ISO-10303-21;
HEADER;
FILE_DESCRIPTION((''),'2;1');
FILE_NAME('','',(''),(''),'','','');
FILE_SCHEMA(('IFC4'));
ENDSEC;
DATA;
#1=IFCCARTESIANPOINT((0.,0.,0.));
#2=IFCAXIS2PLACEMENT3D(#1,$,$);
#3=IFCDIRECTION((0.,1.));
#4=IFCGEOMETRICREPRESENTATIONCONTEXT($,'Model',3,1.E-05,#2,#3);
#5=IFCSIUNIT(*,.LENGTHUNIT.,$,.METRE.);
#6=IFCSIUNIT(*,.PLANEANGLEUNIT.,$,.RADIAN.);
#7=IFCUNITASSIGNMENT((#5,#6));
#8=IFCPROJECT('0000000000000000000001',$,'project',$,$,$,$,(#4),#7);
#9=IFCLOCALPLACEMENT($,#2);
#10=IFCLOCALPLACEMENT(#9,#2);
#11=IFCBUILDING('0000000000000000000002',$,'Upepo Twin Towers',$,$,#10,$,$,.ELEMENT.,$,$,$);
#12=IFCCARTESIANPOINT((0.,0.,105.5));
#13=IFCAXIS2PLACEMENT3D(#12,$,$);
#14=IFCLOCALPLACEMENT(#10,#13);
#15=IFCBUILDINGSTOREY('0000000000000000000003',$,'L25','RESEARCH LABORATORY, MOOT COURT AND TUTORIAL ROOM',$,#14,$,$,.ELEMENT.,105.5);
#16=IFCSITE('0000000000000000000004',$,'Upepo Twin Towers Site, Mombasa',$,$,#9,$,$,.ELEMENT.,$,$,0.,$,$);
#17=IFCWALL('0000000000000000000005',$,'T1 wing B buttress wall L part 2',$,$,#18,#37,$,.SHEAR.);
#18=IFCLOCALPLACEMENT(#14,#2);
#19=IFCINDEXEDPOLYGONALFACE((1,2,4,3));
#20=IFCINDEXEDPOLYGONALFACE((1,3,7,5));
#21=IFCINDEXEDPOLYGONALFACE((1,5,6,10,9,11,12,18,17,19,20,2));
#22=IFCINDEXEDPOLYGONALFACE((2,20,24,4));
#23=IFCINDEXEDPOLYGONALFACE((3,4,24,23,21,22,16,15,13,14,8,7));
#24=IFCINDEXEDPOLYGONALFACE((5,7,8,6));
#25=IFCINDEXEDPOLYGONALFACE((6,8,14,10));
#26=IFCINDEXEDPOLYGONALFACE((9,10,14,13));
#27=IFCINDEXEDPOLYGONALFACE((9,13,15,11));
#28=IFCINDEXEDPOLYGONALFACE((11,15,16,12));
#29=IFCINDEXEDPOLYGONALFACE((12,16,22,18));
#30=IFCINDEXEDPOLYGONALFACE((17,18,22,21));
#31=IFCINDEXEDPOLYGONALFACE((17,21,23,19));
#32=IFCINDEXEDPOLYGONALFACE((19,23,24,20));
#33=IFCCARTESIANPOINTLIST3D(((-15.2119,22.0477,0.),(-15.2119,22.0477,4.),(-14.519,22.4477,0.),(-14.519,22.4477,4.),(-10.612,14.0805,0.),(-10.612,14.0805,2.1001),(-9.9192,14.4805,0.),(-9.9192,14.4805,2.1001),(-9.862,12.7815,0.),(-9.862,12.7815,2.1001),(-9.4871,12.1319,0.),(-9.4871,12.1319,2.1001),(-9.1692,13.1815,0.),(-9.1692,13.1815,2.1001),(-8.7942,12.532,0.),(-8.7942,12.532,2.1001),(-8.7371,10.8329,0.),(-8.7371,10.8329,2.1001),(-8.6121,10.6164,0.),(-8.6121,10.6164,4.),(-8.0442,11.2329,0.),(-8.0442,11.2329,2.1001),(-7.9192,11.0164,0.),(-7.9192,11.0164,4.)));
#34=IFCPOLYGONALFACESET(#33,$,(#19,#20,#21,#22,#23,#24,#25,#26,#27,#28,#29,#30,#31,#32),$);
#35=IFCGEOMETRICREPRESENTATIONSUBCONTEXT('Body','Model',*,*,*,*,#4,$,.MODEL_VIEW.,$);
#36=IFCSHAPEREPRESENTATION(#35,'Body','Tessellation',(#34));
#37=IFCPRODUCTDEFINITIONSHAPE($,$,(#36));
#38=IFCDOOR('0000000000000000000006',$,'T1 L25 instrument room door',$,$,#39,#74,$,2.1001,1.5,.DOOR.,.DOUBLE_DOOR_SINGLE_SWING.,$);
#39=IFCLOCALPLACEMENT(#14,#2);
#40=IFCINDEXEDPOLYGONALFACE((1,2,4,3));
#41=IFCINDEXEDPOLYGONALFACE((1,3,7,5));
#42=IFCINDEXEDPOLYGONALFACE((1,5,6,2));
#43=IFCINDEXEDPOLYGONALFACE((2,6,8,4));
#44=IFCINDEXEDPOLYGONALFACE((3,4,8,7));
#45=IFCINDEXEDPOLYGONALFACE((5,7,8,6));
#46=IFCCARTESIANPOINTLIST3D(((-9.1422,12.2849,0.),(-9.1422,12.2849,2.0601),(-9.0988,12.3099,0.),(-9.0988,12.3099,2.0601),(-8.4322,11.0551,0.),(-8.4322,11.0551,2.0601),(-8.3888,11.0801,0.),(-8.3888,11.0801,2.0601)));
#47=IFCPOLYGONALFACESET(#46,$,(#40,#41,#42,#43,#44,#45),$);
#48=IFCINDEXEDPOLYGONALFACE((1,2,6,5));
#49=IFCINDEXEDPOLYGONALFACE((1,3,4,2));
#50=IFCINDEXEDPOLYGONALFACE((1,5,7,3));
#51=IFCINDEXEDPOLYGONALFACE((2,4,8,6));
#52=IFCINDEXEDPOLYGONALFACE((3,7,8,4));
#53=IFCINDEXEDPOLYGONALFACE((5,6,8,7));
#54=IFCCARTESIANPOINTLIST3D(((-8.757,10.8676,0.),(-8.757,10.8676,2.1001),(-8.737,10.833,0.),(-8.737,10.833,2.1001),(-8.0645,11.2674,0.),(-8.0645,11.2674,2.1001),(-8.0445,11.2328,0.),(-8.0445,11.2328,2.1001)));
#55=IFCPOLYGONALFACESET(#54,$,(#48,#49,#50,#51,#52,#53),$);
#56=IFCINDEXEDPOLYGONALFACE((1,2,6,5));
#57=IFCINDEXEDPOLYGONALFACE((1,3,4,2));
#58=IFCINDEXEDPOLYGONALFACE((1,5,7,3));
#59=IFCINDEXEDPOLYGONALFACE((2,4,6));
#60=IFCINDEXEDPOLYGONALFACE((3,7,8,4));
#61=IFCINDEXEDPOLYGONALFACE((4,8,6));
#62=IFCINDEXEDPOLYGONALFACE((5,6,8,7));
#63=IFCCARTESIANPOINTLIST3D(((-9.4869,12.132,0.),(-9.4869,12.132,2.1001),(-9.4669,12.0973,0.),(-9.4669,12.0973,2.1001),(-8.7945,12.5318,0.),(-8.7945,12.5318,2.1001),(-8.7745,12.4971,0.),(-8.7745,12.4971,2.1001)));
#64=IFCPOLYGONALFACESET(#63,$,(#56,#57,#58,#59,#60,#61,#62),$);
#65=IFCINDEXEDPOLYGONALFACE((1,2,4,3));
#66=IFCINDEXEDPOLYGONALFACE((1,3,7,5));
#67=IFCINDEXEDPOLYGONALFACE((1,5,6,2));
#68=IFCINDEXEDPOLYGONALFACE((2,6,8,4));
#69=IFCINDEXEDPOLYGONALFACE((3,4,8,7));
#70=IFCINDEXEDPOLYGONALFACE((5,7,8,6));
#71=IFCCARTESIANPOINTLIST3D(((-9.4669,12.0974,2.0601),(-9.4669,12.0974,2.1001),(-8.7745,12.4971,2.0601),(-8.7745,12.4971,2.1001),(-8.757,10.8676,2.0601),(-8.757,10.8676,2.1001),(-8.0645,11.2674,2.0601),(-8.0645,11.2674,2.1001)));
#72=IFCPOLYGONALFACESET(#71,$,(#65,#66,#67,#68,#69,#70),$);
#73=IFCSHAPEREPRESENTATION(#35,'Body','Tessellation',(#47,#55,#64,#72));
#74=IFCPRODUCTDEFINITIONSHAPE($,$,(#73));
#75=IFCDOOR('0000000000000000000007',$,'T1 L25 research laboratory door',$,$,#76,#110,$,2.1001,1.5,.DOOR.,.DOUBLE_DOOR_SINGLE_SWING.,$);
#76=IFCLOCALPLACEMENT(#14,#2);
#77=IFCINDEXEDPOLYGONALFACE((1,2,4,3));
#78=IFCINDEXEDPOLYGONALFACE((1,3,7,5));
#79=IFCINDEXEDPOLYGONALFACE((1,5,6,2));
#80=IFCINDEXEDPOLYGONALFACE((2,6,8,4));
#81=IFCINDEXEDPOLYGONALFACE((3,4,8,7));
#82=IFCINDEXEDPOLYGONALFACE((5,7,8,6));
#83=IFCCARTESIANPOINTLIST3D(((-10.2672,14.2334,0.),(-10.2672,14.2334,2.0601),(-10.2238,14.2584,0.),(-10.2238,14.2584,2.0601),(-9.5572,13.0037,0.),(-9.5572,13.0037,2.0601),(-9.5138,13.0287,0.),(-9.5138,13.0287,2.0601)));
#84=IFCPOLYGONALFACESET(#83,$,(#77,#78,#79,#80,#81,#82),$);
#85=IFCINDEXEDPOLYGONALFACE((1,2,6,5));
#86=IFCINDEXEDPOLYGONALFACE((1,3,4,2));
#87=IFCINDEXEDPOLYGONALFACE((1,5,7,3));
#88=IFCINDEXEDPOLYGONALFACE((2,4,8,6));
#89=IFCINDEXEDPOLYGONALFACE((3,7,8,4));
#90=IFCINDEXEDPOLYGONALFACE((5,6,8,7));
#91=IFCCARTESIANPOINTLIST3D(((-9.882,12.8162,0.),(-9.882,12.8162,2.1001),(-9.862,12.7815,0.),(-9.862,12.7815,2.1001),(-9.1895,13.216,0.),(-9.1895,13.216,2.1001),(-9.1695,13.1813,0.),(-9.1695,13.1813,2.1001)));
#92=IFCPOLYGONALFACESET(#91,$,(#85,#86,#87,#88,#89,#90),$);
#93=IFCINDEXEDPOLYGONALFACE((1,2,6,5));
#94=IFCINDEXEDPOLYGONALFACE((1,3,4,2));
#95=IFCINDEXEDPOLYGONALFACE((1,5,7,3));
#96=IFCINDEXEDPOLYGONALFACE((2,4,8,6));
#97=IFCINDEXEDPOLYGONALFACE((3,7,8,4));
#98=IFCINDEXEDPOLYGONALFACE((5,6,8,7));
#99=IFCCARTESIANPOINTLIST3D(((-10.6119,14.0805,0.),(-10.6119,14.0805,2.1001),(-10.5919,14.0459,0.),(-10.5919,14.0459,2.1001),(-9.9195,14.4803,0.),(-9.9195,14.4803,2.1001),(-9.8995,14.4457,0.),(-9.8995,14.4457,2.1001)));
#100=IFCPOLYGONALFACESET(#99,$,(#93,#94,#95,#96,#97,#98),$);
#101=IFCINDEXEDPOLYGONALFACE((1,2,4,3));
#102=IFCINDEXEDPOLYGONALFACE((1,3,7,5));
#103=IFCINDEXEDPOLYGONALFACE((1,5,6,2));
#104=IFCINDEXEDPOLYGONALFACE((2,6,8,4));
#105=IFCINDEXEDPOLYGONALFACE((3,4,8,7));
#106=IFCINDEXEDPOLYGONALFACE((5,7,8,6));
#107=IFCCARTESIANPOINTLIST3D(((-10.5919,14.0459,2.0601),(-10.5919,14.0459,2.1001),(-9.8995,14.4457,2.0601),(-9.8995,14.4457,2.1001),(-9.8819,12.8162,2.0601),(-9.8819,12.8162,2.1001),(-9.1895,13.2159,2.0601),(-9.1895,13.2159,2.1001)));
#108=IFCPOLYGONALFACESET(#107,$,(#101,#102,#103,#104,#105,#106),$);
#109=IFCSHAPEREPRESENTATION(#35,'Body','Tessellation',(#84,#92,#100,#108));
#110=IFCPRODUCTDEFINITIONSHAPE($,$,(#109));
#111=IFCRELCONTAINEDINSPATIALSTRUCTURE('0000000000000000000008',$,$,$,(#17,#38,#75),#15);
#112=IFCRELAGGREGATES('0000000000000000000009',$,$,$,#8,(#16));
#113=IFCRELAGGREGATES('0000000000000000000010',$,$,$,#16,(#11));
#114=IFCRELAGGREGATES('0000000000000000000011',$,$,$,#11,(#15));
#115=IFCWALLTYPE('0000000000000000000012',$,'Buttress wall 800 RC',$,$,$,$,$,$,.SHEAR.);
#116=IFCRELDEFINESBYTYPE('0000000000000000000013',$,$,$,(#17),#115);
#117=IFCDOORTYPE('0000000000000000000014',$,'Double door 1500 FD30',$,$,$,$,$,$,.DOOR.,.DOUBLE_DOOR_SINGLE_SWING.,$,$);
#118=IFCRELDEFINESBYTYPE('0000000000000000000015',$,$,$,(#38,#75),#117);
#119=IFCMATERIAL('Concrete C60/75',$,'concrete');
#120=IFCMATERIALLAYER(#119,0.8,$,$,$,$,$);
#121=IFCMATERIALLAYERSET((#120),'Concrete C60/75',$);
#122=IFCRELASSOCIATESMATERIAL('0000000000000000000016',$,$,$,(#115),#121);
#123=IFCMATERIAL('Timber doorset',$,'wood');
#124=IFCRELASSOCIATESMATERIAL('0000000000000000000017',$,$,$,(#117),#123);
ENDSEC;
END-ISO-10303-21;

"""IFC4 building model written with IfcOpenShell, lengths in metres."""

from ifc_helpers import new_model, si_unit, direction, frame, frame_2d, origin, place, context, subcontext, project, spatial, rectangle, extrude, material, layer, layer_set, type_object, element, fill, save


model = new_model("IFC4")

# Units and contexts
model_context = context("Model", 3, precision=1e-05, world=origin(), true_north=direction((0.0, 1.0)))
body_context = subcontext(model_context, "Body", "Model", "MODEL_VIEW")
ifc_project = project(units=[si_unit("LENGTHUNIT", "METRE"), si_unit("PLANEANGLEUNIT", "RADIAN")], contexts=[model_context])

# Site, building, storey
site_placement = place(None, origin())
site = spatial("IfcSite", under=ifc_project, at=site_placement, Name="Upepo Twin Towers Site, Mombasa", CompositionType="ELEMENT", RefElevation=0.0)
building_placement = place(site_placement, origin())
building = spatial("IfcBuilding", under=site, at=building_placement, Name="Upepo Twin Towers", CompositionType="ELEMENT")
storey_placement = place(building_placement, frame((0.0, 0.0, 105.5)))
storey = spatial("IfcBuildingStorey", under=building, at=storey_placement, Name="L25", Description="RESEARCH LABORATORY, MOOT COURT AND TUTORIAL ROOM", CompositionType="ELEMENT", Elevation=105.5)

# Wall, openings, doors
ifc_material_1 = material(Name="Concrete C60/75", Category="concrete")
ifc_layer_1 = layer(ifc_material_1, 0.8)
ifc_layer_set_1 = layer_set([ifc_layer_1], Name="Concrete C60/75")
wall_type_1 = type_object("IfcWallType", Name="Buttress wall 800 RC", PredefinedType="SHEAR", material=ifc_layer_set_1)
wall_1_placement = place(storey_placement, frame((-8.2656, 10.8164, 0.0), z_axis=(0.0, 0.0, 1.0), x_axis=(-0.499996, 0.866028, 0.0)))
wall_1 = element("IfcWall", 1, at=wall_1_placement, inside=storey, type_object=wall_type_1, Name="T1 wing B buttress wall L part 2", PredefinedType="SHEAR", context=body_context, shape_type="SweptSolid", body=[
    extrude(rectangle(XDim=13.1997, YDim=0.8, at=frame_2d((6.5999, 0.0))), origin(), (0.0, 0.0, 1.0), 4.0),
])
opening_1_placement = place(wall_1_placement, frame((0.25, 0.0, 0.0)))
opening_1 = element("IfcOpeningElement", 2, at=opening_1_placement, cuts=wall_1, PredefinedType="OPENING", context=body_context, shape_type="SweptSolid", body=[
    extrude(rectangle(XDim=1.5, YDim=2.1001, at=frame_2d((0.75, 1.05))), frame((0.0, 0.4099, 0.0), z_axis=(0.0, -1.0, 0.0), x_axis=(1.0, 0.0, 0.0)), (0.0, 0.0, 1.0), 0.8201),
])
opening_2_placement = place(wall_1_placement, frame((2.5, 0.0, 0.0)))
opening_2 = element("IfcOpeningElement", 3, at=opening_2_placement, cuts=wall_1, PredefinedType="OPENING", context=body_context, shape_type="SweptSolid", body=[
    extrude(rectangle(XDim=1.5, YDim=2.1001, at=frame_2d((0.75, 1.05))), frame((0.0, 0.4099, 0.0), z_axis=(0.0, -1.0, 0.0), x_axis=(1.0, 0.0, 0.0)), (0.0, 0.0, 1.0), 0.8201),
])
ifc_material_2 = material(Name="Timber doorset", Category="wood")
door_type_1 = type_object("IfcDoorType", Name="Double door 1500 FD30", OperationType="DOUBLE_DOOR_SINGLE_SWING", PredefinedType="DOOR", material=ifc_material_2)
door_1_placement = place(opening_1_placement, origin())
door_1 = element("IfcDoor", 4, at=door_1_placement, inside=storey, type_object=door_type_1, Name="T1 L25 instrument room door", OperationType="DOUBLE_DOOR_SINGLE_SWING", OverallHeight=2.1001, OverallWidth=1.5, PredefinedType="DOOR", context=body_context, shape_type="SweptSolid", body=[
    extrude(rectangle(XDim=1.42, YDim=2.0601, at=frame_2d((0.75, 1.03))), frame((0.0, 0.0249, 0.0), z_axis=(0.0, -1.0, 0.0), x_axis=(1.0, 0.0, 0.0)), (0.0, 0.0, 1.0), 0.05),
    extrude(rectangle(XDim=0.04, YDim=2.1001, at=frame_2d((0.02, 1.05))), frame((0.0, 0.3999, 0.0), z_axis=(0.0, -1.0, 0.0), x_axis=(1.0, 0.0, 0.0)), (0.0, 0.0, 1.0), 0.7996),
    extrude(rectangle(XDim=0.04, YDim=2.1001, at=frame_2d((1.48, 1.05))), frame((0.0, 0.3999, 0.0), z_axis=(0.0, -1.0, 0.0), x_axis=(1.0, 0.0, 0.0)), (0.0, 0.0, 1.0), 0.7996),
    extrude(rectangle(XDim=1.42, YDim=0.04, at=frame_2d((0.75, 2.0801))), frame((0.0, 0.3999, 0.0), z_axis=(0.0, -1.0, 0.0), x_axis=(1.0, 0.0, 0.0)), (0.0, 0.0, 1.0), 0.7996),
])
fill(opening_1, door_1)
door_2_placement = place(opening_2_placement, origin())
door_2 = element("IfcDoor", 5, at=door_2_placement, inside=storey, type_object=door_type_1, Name="T1 L25 research laboratory door", OperationType="DOUBLE_DOOR_SINGLE_SWING", OverallHeight=2.1001, OverallWidth=1.5, PredefinedType="DOOR", context=body_context, shape_type="SweptSolid", body=[
    extrude(rectangle(XDim=1.42, YDim=2.0601, at=frame_2d((0.75, 1.03))), frame((0.0, 0.0249, 0.0), z_axis=(0.0, -1.0, 0.0), x_axis=(1.0, 0.0, 0.0)), (0.0, 0.0, 1.0), 0.05),
    extrude(rectangle(XDim=0.04, YDim=2.1001, at=frame_2d((0.02, 1.05))), frame((0.0, 0.3999, 0.0), z_axis=(0.0, -1.0, 0.0), x_axis=(1.0, 0.0, 0.0)), (0.0, 0.0, 1.0), 0.7996),
    extrude(rectangle(XDim=0.04, YDim=2.1001, at=frame_2d((1.48, 1.05))), frame((0.0, 0.3999, 0.0), z_axis=(0.0, -1.0, 0.0), x_axis=(1.0, 0.0, 0.0)), (0.0, 0.0, 1.0), 0.7996),
    extrude(rectangle(XDim=1.42, YDim=0.04, at=frame_2d((0.75, 2.0801))), frame((0.0, 0.3999, 0.0), z_axis=(0.0, -1.0, 0.0), x_axis=(1.0, 0.0, 0.0)), (0.0, 0.0, 1.0), 0.7996),
])
fill(opening_2, door_2)

save(model, "model.ifc")
